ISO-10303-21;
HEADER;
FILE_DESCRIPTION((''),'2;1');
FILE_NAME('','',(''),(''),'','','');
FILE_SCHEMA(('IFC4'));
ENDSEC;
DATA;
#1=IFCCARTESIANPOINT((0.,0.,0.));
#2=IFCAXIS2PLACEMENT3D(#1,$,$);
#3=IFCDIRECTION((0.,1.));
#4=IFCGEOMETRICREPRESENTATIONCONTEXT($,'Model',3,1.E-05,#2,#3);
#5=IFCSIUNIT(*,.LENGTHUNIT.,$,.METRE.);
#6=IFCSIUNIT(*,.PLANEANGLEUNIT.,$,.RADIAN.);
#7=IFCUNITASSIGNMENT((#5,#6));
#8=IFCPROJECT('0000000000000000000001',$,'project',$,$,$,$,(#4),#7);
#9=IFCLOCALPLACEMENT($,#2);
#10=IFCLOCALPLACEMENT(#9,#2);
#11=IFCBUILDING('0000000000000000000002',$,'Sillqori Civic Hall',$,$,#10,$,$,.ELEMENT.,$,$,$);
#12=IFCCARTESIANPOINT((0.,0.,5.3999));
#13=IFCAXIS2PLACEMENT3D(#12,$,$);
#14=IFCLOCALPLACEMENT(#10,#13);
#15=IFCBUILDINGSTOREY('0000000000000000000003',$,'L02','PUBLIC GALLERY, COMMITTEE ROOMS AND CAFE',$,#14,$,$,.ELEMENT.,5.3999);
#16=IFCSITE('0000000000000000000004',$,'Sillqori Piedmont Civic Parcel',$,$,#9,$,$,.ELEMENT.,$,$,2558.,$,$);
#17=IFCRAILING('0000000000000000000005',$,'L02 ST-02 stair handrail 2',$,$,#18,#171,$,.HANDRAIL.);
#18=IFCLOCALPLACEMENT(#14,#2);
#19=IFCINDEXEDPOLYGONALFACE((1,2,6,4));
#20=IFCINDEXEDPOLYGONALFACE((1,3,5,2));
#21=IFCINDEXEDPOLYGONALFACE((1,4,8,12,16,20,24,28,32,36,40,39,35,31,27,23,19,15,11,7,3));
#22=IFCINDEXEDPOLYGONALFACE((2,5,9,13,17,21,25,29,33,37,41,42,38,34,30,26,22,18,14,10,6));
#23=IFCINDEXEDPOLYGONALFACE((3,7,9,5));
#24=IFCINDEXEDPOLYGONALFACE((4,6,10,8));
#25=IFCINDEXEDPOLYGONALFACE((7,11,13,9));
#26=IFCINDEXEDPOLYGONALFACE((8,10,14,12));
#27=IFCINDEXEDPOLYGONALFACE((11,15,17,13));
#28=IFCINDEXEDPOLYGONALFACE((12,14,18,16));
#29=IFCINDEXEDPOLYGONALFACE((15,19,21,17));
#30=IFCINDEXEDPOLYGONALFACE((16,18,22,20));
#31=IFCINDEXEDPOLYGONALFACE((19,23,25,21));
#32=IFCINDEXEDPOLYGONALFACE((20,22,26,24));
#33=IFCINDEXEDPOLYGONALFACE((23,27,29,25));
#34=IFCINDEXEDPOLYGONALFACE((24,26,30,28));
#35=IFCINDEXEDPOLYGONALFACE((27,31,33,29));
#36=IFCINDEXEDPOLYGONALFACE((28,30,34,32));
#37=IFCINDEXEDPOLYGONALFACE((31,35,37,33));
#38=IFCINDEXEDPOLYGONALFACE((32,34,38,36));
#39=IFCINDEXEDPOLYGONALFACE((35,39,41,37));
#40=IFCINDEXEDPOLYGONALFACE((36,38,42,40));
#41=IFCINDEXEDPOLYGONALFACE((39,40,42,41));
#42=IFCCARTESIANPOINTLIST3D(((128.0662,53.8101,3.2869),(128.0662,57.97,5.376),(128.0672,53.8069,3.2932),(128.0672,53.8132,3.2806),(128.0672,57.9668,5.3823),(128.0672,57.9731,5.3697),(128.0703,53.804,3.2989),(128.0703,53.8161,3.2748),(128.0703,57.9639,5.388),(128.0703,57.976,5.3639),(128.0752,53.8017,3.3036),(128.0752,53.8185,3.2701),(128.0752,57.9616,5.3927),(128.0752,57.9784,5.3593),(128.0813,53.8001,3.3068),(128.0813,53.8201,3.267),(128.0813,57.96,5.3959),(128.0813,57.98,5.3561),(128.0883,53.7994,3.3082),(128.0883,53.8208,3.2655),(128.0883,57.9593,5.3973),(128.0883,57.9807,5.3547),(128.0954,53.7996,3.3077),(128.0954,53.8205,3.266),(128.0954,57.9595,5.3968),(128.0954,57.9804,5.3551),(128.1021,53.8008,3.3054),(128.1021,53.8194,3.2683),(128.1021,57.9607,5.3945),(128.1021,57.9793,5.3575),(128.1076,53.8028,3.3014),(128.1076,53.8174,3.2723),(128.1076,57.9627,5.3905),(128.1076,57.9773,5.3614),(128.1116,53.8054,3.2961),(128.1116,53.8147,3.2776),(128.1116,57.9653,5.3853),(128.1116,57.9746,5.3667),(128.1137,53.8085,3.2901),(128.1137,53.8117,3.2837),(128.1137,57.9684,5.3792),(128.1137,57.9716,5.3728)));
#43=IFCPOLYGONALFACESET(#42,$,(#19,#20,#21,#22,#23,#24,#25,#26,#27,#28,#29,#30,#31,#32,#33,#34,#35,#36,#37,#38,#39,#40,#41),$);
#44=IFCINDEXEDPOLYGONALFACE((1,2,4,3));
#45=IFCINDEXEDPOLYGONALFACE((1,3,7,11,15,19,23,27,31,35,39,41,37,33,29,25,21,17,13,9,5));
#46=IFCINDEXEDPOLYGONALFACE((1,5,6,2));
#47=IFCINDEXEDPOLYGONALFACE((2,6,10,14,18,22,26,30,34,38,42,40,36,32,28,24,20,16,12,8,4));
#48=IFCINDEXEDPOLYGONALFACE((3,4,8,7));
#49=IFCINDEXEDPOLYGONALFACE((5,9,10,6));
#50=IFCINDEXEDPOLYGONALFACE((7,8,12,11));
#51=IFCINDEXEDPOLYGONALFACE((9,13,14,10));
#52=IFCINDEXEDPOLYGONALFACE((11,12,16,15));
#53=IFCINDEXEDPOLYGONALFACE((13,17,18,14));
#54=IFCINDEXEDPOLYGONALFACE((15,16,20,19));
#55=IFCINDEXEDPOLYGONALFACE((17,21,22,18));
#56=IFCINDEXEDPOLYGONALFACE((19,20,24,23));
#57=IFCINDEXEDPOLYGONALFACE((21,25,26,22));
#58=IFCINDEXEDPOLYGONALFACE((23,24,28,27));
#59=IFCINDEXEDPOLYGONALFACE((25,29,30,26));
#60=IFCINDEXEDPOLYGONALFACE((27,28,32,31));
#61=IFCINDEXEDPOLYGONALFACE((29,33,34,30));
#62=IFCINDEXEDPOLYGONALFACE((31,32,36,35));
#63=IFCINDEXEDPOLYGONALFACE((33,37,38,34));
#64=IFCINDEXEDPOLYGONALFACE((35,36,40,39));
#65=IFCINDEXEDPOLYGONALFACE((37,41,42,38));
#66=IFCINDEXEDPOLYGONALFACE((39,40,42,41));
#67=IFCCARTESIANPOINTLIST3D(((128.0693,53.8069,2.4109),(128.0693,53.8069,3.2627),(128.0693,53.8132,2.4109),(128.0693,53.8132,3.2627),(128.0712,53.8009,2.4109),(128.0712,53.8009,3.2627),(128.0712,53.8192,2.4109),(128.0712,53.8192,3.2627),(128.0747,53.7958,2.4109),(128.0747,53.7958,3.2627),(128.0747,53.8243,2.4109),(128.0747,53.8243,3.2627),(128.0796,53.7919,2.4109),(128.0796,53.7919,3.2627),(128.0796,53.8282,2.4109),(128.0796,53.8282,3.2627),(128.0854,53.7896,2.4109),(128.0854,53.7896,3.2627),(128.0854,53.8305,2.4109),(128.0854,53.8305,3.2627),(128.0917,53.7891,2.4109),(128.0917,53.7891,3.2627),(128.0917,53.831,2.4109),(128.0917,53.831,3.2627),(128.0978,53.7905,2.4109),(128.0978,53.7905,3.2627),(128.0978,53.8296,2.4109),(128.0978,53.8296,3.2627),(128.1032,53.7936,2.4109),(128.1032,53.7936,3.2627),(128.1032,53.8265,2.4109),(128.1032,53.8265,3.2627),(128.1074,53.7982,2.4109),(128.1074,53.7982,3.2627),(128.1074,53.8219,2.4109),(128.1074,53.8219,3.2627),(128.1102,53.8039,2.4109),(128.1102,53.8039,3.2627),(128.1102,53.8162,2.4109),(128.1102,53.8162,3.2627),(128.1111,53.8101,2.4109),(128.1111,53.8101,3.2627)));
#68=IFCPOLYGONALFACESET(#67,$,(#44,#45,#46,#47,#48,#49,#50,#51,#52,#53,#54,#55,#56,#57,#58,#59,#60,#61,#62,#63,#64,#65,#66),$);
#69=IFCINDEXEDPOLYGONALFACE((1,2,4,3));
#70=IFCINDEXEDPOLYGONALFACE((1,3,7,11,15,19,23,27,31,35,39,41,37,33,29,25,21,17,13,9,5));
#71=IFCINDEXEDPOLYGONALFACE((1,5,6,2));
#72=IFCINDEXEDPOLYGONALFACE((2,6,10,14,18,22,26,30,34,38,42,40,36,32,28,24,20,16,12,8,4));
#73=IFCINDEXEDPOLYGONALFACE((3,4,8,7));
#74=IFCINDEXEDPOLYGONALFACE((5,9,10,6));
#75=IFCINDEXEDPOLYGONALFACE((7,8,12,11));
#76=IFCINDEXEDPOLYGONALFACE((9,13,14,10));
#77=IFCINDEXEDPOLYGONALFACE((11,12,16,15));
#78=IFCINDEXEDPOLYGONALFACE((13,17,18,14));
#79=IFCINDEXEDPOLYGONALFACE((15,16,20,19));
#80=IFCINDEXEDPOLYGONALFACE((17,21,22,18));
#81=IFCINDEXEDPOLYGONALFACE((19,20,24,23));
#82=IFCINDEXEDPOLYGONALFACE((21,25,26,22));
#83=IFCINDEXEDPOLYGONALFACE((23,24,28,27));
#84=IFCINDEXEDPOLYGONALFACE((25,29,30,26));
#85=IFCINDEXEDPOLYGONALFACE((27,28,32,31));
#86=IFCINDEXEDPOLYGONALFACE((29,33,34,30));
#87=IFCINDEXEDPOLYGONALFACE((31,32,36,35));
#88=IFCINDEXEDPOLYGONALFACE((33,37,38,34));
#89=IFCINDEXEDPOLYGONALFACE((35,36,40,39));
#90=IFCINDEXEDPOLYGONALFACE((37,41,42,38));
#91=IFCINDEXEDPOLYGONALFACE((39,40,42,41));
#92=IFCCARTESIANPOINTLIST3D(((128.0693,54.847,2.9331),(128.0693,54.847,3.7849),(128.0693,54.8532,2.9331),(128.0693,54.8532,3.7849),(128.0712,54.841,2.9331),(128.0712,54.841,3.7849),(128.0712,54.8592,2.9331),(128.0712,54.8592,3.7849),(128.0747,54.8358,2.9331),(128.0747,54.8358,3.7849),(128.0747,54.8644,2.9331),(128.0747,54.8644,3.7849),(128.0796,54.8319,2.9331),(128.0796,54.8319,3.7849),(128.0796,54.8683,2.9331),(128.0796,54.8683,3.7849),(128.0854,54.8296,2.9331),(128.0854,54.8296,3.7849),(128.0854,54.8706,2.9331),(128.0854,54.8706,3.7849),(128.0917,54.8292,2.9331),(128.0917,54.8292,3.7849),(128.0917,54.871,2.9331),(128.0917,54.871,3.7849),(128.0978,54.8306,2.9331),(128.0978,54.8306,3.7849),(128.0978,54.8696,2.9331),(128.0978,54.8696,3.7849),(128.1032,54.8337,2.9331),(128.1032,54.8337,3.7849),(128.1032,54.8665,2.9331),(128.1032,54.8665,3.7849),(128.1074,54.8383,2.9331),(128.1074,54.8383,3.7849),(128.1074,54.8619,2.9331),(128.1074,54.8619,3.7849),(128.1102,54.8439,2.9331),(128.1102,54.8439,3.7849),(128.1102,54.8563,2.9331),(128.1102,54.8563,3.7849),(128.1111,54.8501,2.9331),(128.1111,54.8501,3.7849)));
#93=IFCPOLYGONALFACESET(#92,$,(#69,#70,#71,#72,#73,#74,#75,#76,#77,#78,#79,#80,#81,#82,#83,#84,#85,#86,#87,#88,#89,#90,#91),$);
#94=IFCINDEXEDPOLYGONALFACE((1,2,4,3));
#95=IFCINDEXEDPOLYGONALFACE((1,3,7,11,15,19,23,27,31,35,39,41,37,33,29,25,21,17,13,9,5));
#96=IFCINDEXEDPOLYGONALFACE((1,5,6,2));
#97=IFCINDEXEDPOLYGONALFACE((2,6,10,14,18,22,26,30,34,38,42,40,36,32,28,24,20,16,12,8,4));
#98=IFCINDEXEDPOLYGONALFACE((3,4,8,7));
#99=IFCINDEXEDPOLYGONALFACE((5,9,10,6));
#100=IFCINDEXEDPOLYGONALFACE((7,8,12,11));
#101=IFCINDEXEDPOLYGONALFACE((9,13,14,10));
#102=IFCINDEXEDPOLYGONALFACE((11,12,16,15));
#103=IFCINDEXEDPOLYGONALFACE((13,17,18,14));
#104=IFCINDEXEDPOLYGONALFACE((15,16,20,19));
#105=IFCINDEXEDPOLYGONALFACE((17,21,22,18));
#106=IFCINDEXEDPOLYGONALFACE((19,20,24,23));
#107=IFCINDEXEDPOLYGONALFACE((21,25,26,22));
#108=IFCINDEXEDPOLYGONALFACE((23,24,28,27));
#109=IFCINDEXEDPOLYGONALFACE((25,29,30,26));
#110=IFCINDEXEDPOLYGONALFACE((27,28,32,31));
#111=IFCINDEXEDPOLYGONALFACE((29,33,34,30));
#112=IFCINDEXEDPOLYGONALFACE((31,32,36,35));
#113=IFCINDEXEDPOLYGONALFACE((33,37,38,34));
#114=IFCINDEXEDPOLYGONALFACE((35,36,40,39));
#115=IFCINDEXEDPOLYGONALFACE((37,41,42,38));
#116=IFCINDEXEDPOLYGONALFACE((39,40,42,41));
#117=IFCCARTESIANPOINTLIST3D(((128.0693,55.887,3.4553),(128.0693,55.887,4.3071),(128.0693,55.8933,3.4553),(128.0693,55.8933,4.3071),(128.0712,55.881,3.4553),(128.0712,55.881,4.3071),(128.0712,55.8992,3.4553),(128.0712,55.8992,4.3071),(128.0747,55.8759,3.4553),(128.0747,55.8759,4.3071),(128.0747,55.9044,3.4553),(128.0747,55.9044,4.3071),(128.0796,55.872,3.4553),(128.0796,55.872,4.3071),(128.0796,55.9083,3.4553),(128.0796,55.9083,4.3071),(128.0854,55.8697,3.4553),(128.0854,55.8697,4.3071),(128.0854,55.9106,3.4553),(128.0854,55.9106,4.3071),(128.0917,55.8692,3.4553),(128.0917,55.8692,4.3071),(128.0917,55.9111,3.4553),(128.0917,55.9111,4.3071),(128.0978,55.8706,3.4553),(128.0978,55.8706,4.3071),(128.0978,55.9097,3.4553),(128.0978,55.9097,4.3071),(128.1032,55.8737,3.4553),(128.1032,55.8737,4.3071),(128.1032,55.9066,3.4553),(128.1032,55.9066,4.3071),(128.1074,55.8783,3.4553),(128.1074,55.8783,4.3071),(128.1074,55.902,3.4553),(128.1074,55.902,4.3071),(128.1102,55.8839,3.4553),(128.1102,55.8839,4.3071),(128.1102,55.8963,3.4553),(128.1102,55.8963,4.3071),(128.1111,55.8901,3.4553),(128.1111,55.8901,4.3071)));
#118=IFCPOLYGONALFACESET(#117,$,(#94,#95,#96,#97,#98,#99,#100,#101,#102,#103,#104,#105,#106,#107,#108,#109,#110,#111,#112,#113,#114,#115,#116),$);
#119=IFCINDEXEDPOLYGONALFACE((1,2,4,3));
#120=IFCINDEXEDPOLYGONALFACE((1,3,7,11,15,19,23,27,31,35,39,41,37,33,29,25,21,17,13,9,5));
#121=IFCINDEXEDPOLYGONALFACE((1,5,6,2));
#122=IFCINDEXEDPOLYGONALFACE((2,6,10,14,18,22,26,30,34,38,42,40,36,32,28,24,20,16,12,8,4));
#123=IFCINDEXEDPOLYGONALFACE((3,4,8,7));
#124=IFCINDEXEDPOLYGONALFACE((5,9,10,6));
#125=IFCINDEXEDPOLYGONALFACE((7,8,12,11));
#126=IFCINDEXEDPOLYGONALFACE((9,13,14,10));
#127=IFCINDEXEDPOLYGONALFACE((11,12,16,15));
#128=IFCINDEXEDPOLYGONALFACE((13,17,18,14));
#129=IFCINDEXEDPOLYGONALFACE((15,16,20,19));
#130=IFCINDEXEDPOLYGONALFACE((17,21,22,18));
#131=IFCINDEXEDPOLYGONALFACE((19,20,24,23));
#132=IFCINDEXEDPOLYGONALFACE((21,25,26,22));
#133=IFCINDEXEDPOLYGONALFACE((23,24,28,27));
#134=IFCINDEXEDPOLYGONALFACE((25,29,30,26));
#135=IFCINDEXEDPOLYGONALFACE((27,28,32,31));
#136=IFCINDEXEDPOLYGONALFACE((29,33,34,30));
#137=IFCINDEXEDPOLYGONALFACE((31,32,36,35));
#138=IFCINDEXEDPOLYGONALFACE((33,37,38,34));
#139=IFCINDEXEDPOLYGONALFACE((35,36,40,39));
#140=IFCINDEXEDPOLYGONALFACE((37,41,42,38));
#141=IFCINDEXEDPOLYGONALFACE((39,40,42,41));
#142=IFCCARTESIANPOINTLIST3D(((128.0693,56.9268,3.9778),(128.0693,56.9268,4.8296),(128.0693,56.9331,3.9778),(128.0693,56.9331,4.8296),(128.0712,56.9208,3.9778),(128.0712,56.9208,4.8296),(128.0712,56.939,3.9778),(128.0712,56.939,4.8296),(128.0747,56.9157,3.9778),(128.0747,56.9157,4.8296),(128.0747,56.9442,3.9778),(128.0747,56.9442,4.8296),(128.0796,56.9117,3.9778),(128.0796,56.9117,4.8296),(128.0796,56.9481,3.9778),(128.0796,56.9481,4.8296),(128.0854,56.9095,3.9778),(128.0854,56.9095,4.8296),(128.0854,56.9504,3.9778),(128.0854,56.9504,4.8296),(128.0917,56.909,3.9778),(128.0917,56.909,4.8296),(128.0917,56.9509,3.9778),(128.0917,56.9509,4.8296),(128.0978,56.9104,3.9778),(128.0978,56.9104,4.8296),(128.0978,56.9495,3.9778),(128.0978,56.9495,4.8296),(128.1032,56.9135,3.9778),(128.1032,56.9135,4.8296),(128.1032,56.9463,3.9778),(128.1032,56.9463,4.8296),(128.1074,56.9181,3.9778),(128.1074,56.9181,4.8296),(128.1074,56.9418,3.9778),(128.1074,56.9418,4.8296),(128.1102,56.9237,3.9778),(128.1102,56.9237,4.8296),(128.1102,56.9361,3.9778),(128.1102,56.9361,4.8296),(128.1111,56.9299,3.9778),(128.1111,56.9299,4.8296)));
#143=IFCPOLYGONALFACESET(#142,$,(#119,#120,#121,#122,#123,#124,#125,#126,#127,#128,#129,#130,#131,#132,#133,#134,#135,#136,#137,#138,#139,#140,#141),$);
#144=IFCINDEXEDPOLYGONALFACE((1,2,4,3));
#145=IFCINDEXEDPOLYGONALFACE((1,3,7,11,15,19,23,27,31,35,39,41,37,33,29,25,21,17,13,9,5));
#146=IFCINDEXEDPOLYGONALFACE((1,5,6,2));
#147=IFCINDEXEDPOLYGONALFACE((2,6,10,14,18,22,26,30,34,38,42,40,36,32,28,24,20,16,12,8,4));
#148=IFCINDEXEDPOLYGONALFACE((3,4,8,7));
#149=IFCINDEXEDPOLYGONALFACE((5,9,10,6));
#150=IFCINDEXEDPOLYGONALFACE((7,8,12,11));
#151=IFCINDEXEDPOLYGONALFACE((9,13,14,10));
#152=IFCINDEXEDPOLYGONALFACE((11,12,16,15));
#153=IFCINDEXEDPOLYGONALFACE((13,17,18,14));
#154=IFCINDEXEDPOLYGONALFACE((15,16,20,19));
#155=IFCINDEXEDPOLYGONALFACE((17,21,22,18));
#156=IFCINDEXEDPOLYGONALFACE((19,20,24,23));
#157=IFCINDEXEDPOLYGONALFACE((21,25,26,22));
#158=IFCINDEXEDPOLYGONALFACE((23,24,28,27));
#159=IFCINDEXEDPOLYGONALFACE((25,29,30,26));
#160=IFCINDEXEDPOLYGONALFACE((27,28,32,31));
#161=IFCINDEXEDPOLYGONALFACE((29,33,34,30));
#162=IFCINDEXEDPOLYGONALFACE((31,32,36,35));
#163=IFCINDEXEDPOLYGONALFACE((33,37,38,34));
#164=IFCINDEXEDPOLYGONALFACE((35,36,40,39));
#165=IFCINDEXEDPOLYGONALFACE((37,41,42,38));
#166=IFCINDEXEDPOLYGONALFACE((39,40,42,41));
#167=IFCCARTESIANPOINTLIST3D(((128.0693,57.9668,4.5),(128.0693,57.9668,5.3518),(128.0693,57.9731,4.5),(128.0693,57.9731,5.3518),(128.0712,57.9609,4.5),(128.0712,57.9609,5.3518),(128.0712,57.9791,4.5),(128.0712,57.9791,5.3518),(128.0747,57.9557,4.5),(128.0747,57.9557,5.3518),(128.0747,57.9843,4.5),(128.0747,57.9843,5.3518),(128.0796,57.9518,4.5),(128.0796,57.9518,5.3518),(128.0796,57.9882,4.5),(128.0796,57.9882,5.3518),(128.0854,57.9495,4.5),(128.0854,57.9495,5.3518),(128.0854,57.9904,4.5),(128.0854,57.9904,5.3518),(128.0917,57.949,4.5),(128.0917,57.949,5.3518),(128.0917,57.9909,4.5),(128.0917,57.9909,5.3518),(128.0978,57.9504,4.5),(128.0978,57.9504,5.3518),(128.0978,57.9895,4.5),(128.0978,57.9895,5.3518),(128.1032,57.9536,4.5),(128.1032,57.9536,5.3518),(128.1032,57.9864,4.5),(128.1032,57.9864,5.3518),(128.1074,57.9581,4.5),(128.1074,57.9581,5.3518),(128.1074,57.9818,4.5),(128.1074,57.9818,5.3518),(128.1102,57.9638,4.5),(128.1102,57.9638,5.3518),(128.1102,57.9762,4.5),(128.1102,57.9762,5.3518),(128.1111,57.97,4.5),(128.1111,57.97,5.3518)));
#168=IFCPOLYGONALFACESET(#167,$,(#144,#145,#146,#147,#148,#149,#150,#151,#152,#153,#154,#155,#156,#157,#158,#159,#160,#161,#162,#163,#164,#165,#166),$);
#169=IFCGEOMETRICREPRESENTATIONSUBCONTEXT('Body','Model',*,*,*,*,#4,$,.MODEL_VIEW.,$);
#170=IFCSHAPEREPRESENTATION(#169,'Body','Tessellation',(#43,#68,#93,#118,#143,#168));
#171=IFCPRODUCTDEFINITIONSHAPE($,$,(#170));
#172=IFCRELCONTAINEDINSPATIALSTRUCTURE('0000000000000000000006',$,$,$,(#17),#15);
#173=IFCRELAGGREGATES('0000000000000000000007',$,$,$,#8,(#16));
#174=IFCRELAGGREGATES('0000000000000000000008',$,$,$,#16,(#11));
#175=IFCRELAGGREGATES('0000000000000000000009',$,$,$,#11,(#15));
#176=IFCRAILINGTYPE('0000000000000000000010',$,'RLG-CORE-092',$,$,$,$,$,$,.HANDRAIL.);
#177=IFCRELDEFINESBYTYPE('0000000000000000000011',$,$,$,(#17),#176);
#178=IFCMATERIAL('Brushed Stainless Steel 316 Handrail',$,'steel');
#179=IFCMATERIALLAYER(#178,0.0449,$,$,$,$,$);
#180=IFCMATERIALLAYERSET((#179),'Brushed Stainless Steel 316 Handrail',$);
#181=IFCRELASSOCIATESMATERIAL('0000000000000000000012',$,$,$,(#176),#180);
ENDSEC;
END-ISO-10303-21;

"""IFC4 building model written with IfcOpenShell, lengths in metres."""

from ifc_helpers import new_model, si_unit, direction, frame, origin, origin_2d, place, context, subcontext, project, spatial, circle, extrude, material, layer, layer_set, type_object, element, save


model = new_model("IFC4")

# Units and contexts
model_context = context("Model", 3, precision=1e-05, world=origin(), true_north=direction((0.0, 1.0)))
body_context = subcontext(model_context, "Body", "Model", "MODEL_VIEW")
ifc_project = project(units=[si_unit("LENGTHUNIT", "METRE"), si_unit("PLANEANGLEUNIT", "RADIAN")], contexts=[model_context])

# Site, building, storey
site_placement = place(None, origin())
site = spatial("IfcSite", under=ifc_project, at=site_placement, Name="Sillqori Piedmont Civic Parcel", CompositionType="ELEMENT", RefElevation=2558.0)
building_placement = place(site_placement, origin())
building = spatial("IfcBuilding", under=site, at=building_placement, Name="Sillqori Civic Hall", CompositionType="ELEMENT")
storey_placement = place(building_placement, frame((0.0, 0.0, 5.3999)))
storey = spatial("IfcBuildingStorey", under=building, at=storey_placement, Name="L02", Description="PUBLIC GALLERY, COMMITTEE ROOMS AND CAFE", CompositionType="ELEMENT", Elevation=5.3999)

# Railing
ifc_material_1 = material(Name="Brushed Stainless Steel 316 Handrail", Category="steel")
ifc_layer_1 = layer(ifc_material_1, 0.0449)
ifc_layer_set_1 = layer_set([ifc_layer_1], Name="Brushed Stainless Steel 316 Handrail")
railing_type_1 = type_object("IfcRailingType", Name="RLG-CORE-092", PredefinedType="HANDRAIL", material=ifc_layer_set_1)
railing_1_placement = place(storey_placement, frame((128.0901, 53.8101, 2.4109)))
element("IfcRailing", 1, at=railing_1_placement, inside=storey, type_object=railing_type_1, Name="L02 ST-02 stair handrail 2", PredefinedType="HANDRAIL", context=body_context, shape_type="SweptSolid", body=[
    extrude(circle(Radius=0.0239, at=origin_2d()), frame((0.0, 0.0, 0.876), z_axis=(0.0, 0.893639, 0.448786), x_axis=(-1.0, 0.0, 0.0)), (0.0, 0.0, 1.0), 4.655),
    extrude(circle(Radius=0.021, at=origin_2d()), origin(), (0.0, 0.0, 1.0), 0.8518),
    extrude(circle(Radius=0.021, at=origin_2d()), frame((0.0, 1.04, 0.5222)), (0.0, 0.0, 1.0), 0.8518),
    extrude(circle(Radius=0.021, at=origin_2d()), frame((0.0, 2.0801, 1.0444)), (0.0, 0.0, 1.0), 0.8518),
    extrude(circle(Radius=0.021, at=origin_2d()), frame((0.0, 3.1199, 1.5669)), (0.0, 0.0, 1.0), 0.8518),
    extrude(circle(Radius=0.021, at=origin_2d()), frame((0.0, 4.1599, 2.0891)), (0.0, 0.0, 1.0), 0.8518),
])

save(model, "model.ifc")
